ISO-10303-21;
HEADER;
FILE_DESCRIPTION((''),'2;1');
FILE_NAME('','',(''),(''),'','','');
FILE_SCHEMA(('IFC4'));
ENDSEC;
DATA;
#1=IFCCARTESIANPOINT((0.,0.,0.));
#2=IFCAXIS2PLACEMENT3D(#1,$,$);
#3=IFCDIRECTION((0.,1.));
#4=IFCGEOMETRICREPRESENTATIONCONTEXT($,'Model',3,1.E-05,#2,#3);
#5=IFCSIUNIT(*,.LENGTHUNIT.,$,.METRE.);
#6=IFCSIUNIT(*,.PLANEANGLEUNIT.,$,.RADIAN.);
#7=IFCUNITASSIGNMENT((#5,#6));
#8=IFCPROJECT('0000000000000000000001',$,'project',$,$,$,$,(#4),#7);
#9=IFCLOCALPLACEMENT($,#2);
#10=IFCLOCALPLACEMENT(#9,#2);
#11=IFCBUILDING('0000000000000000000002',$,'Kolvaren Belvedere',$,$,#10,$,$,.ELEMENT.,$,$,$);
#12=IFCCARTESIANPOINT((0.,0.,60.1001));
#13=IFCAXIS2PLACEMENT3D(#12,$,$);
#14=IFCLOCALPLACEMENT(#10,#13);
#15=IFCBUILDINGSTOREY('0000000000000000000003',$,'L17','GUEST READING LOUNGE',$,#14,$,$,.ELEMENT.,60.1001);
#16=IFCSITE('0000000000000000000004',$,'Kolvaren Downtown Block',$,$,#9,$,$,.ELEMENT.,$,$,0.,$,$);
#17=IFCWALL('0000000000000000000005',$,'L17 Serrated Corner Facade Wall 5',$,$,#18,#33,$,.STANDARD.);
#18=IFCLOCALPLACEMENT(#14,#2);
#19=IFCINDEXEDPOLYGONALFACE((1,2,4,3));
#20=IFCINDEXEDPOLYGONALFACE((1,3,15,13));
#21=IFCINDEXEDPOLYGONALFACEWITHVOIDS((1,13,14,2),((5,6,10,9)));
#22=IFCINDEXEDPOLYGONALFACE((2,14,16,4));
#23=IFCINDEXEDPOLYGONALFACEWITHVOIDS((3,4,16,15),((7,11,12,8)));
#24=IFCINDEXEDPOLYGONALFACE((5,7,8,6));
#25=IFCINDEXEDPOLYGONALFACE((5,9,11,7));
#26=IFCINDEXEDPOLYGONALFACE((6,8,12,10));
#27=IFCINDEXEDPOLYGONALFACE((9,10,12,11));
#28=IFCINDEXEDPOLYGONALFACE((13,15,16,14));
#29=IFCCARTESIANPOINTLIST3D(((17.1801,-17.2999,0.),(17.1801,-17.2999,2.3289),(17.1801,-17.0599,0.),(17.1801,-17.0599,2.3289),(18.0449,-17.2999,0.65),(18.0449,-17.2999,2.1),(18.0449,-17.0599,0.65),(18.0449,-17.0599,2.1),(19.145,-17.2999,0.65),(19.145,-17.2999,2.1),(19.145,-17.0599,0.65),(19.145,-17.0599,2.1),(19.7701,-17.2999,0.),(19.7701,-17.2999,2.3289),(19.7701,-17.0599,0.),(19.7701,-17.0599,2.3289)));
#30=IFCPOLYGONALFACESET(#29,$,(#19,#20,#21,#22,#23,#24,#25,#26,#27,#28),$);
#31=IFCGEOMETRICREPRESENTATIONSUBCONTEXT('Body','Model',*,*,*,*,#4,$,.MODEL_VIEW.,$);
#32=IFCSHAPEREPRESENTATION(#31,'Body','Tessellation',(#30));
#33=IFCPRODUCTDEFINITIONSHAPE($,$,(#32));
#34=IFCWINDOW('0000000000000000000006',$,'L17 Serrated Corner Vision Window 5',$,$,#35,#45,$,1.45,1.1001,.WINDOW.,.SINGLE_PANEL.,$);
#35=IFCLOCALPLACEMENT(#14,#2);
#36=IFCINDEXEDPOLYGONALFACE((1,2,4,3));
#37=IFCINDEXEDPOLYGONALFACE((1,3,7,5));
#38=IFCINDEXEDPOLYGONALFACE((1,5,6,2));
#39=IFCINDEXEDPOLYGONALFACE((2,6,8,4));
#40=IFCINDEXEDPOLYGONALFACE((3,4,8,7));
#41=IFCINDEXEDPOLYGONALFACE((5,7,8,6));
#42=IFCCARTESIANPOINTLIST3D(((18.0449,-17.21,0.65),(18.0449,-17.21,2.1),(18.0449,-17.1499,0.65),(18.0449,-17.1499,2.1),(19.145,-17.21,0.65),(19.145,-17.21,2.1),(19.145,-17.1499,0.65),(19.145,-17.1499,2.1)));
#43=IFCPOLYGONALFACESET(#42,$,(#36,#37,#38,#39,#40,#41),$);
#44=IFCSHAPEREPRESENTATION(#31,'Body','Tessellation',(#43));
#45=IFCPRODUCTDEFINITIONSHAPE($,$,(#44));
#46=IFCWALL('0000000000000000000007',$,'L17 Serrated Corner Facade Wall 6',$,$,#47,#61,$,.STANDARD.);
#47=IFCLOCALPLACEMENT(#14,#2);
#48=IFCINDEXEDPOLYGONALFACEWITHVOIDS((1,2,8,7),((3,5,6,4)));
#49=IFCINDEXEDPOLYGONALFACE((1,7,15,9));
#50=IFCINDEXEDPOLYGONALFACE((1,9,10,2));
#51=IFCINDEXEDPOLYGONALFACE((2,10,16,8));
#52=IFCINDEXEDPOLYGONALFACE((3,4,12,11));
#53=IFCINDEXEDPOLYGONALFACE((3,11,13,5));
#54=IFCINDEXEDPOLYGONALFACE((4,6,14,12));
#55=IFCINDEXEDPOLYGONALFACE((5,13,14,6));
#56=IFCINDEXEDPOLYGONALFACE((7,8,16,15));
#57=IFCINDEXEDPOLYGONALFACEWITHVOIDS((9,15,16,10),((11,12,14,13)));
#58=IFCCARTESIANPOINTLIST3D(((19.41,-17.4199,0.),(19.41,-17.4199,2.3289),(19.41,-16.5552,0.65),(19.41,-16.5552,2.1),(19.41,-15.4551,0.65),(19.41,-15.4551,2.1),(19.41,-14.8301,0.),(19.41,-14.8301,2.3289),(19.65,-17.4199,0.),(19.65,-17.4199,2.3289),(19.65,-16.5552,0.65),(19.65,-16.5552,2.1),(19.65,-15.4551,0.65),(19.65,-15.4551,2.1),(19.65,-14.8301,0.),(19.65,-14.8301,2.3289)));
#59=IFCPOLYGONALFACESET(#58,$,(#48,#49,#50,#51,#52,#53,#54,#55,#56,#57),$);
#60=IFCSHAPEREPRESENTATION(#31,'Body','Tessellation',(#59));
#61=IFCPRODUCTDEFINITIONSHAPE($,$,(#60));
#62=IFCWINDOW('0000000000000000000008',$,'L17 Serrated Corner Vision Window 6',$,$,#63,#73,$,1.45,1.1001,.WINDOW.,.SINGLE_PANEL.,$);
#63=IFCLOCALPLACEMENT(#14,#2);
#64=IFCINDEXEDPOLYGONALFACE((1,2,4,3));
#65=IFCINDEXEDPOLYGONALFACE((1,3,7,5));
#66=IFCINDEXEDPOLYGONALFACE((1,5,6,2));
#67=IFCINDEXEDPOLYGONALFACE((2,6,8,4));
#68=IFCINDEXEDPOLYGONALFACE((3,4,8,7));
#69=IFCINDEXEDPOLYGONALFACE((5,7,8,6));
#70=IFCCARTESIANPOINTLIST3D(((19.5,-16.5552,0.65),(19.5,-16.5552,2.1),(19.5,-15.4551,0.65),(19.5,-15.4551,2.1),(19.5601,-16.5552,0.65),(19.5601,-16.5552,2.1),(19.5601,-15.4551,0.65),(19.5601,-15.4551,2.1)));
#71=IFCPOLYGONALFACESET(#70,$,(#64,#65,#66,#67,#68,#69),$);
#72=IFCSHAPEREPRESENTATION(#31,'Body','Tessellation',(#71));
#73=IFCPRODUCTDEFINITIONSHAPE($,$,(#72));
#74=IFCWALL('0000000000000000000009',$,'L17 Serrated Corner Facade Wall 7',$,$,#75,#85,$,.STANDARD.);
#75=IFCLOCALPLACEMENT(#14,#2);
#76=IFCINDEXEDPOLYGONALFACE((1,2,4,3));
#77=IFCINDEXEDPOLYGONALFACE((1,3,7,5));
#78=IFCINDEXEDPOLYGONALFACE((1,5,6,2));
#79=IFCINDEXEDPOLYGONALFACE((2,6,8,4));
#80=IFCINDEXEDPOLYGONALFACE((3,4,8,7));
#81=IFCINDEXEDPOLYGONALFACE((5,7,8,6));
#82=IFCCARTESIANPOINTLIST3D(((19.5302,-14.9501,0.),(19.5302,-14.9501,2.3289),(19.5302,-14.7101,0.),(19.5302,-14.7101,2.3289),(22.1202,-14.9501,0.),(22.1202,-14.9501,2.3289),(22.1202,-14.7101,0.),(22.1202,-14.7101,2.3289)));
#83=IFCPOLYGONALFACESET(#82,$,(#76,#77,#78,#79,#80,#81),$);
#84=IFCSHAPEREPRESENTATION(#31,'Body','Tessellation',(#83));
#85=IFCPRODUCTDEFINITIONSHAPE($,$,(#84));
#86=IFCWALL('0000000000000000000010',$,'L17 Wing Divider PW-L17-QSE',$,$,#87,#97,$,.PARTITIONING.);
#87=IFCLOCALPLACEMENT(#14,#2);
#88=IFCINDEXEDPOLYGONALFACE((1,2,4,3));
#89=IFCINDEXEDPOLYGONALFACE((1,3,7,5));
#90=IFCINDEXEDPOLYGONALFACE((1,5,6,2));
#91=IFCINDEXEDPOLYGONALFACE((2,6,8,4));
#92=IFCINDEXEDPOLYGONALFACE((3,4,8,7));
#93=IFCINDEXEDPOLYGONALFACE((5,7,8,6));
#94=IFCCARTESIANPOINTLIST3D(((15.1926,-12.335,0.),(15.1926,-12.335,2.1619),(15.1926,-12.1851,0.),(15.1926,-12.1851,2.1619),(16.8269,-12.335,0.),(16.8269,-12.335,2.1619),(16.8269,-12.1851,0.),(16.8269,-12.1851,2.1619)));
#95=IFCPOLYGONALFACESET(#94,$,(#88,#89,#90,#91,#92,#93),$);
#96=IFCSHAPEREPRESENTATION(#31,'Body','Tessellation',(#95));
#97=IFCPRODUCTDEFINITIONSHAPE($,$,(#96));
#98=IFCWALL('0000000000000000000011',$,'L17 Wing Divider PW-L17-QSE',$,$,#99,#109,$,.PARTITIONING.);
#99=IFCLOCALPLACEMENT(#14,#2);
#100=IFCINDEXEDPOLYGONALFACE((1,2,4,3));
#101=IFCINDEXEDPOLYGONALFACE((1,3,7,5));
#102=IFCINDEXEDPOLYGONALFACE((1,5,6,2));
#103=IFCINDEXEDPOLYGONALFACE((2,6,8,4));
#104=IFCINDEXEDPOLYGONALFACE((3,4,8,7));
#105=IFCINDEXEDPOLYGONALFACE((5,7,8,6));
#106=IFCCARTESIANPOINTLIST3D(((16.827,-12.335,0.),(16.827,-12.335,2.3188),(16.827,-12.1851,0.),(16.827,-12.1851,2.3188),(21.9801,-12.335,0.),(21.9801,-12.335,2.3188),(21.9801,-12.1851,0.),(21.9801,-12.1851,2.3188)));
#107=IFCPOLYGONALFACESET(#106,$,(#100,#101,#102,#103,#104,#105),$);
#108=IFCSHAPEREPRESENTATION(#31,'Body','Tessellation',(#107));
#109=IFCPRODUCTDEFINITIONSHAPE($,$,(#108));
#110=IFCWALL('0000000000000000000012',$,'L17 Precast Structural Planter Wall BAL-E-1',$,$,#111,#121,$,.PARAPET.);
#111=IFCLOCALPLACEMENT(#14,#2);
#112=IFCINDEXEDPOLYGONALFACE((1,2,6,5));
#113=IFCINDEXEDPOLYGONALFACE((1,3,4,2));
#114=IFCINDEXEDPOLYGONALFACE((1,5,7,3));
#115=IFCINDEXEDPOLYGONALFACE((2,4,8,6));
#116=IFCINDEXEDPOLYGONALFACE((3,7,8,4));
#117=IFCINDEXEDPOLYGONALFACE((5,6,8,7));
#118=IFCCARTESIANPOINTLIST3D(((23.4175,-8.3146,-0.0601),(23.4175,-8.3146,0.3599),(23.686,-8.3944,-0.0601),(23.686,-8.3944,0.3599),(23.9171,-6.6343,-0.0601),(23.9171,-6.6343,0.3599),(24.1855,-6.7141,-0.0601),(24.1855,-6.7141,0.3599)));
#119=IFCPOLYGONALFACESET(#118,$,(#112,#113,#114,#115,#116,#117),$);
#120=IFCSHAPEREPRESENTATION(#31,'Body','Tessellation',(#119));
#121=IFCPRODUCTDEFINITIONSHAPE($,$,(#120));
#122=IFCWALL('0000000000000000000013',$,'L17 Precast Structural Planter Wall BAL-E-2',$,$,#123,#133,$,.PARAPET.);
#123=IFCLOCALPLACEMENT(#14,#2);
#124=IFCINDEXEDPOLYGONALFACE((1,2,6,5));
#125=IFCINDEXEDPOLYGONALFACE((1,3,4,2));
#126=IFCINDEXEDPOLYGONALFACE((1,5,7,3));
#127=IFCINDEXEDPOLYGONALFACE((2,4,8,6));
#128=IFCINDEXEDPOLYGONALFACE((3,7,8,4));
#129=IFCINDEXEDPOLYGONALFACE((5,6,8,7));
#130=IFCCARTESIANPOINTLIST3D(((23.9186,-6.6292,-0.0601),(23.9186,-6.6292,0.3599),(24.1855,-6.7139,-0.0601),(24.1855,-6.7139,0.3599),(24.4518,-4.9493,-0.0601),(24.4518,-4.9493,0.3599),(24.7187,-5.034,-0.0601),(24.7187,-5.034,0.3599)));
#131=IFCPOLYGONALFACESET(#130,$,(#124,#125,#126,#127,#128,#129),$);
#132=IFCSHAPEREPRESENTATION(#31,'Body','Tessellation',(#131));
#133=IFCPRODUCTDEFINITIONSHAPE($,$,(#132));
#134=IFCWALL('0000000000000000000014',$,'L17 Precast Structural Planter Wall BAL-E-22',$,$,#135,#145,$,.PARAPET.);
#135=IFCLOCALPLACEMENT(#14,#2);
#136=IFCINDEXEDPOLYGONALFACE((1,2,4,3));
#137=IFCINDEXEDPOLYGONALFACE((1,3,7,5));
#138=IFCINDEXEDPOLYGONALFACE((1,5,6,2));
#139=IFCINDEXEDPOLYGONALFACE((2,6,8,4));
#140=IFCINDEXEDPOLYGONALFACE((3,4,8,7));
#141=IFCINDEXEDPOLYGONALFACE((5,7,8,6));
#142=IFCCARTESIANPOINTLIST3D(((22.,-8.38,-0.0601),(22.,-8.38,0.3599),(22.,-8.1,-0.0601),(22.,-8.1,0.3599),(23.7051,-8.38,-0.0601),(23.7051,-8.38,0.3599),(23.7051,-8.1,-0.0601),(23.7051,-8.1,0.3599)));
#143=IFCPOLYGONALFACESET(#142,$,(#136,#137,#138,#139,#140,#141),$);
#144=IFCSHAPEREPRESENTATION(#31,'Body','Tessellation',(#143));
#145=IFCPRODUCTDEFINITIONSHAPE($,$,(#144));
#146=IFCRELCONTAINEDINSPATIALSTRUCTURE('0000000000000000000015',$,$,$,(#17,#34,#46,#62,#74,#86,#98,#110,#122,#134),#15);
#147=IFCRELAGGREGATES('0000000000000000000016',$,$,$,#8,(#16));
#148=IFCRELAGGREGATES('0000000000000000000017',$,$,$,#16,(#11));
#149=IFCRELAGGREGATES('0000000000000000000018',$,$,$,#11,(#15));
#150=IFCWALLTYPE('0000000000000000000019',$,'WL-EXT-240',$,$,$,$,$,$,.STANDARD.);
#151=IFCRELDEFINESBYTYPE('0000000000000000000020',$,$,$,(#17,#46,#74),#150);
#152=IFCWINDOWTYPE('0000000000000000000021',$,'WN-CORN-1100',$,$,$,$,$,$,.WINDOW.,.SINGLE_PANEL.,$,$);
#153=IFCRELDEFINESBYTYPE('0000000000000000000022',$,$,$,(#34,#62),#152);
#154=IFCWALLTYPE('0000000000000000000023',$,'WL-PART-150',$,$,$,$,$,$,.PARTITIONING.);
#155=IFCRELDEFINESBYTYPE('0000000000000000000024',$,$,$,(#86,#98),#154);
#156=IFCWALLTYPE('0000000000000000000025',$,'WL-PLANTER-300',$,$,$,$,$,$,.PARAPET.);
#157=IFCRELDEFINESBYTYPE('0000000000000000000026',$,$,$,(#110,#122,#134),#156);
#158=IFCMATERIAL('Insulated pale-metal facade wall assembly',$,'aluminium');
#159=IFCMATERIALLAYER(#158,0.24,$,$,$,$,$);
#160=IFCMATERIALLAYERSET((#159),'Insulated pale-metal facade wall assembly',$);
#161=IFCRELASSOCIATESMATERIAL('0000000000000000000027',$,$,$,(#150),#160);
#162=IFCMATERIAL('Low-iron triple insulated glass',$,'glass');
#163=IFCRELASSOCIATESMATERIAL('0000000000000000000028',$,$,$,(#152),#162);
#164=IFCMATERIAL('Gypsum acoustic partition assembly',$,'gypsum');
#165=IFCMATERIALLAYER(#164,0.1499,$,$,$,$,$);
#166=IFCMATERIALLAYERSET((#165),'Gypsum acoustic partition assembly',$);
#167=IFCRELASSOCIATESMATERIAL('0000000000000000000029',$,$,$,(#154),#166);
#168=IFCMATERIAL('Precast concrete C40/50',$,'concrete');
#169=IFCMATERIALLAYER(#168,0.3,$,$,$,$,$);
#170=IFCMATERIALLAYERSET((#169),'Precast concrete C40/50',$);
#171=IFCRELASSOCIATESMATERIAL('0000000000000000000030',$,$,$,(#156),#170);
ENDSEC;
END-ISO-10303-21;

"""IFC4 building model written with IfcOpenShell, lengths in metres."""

from ifc_helpers import new_model, si_unit, direction, frame, frame_2d, origin, place, context, subcontext, project, spatial, rectangle, extrude, material, layer, layer_set, type_object, element, fill, save


model = new_model("IFC4")

# Units and contexts
model_context = context("Model", 3, precision=1e-05, world=origin(), true_north=direction((0.0, 1.0)))
body_context = subcontext(model_context, "Body", "Model", "MODEL_VIEW")
ifc_project = project(units=[si_unit("LENGTHUNIT", "METRE"), si_unit("PLANEANGLEUNIT", "RADIAN")], contexts=[model_context])

# Site, building, storey
site_placement = place(None, origin())
site = spatial("IfcSite", under=ifc_project, at=site_placement, Name="Kolvaren Downtown Block", CompositionType="ELEMENT", RefElevation=0.0)
building_placement = place(site_placement, origin())
building = spatial("IfcBuilding", under=site, at=building_placement, Name="Kolvaren Belvedere", CompositionType="ELEMENT")
storey_placement = place(building_placement, frame((0.0, 0.0, 60.1001)))
storey = spatial("IfcBuildingStorey", under=building, at=storey_placement, Name="L17", Description="GUEST READING LOUNGE", CompositionType="ELEMENT", Elevation=60.1001)

# Shared definitions
ifc_material_1 = material(Name="Insulated pale-metal facade wall assembly", Category="aluminium")
ifc_layer_1 = layer(ifc_material_1, 0.24)
ifc_layer_set_1 = layer_set([ifc_layer_1], Name="Insulated pale-metal facade wall assembly")
wall_type_1 = type_object("IfcWallType", Name="WL-EXT-240", PredefinedType="STANDARD", material=ifc_layer_set_1)

# Walls, openings, windows
ifc_material_2 = material(Name="Low-iron triple insulated glass", Category="glass")
window_type = type_object("IfcWindowType", Name="WN-CORN-1100", PartitioningType="SINGLE_PANEL", PredefinedType="WINDOW", material=ifc_material_2)
wall_1_placement = place(storey_placement, frame((19.77, -17.1799, 0.0), z_axis=(0.0, 0.0, 1.0), x_axis=(-1.0, 0.0, 0.0)))
wall_1 = element("IfcWall", 1, at=wall_1_placement, inside=storey, type_object=wall_type_1, Name="L17 Serrated Corner Facade Wall 5", PredefinedType="STANDARD", context=body_context, shape_type="SweptSolid", body=[
    extrude(rectangle(XDim=2.5901, YDim=0.24, at=frame_2d((1.2949, 0.0))), origin(), (0.0, 0.0, 1.0), 2.3289),
])
opening_1_placement = place(wall_1_placement, frame((0.625, 0.0, 0.6499)))
opening_1 = element("IfcOpeningElement", 2, at=opening_1_placement, cuts=wall_1, PredefinedType="OPENING", context=body_context, shape_type="SweptSolid", body=[
    extrude(rectangle(XDim=1.1001, YDim=1.45, at=frame_2d((0.55, 0.7251))), frame((0.0, 0.1299, 0.0), z_axis=(0.0, -1.0, 0.0), x_axis=(1.0, 0.0, 0.0)), (0.0, 0.0, 1.0), 0.26),
])
window_1_placement = place(opening_1_placement, origin())
window_1 = element("IfcWindow", 3, at=window_1_placement, inside=storey, type_object=window_type, Name="L17 Serrated Corner Vision Window 5", OverallHeight=1.45, OverallWidth=1.1001, PartitioningType="SINGLE_PANEL", PredefinedType="WINDOW", context=body_context, shape_type="SweptSolid", body=[
    extrude(rectangle(XDim=1.1001, YDim=1.45, at=frame_2d((0.55, 0.7251))), frame((0.0, 0.03, 0.0), z_axis=(0.0, -1.0, 0.0), x_axis=(1.0, 0.0, 0.0)), (0.0, 0.0, 1.0), 0.0601),
])
fill(opening_1, window_1)
wall_2_placement = place(storey_placement, frame((19.53, -14.8301, 0.0), z_axis=(0.0, 0.0, 1.0), x_axis=(0.0, -1.0, 0.0)))
wall_2 = element("IfcWall", 4, at=wall_2_placement, inside=storey, type_object=wall_type_1, Name="L17 Serrated Corner Facade Wall 6", PredefinedType="STANDARD", context=body_context, shape_type="SweptSolid", body=[
    extrude(rectangle(XDim=2.5898, YDim=0.24, at=frame_2d((1.2949, 0.0))), origin(), (0.0, 0.0, 1.0), 2.3289),
])
opening_2_placement = place(wall_2_placement, frame((0.625, 0.0, 0.6499)))
opening_2 = element("IfcOpeningElement", 5, at=opening_2_placement, cuts=wall_2, PredefinedType="OPENING", context=body_context, shape_type="SweptSolid", body=[
    extrude(rectangle(XDim=1.1001, YDim=1.45, at=frame_2d((0.55, 0.7251))), frame((0.0, 0.1299, 0.0), z_axis=(0.0, -1.0, 0.0), x_axis=(1.0, 0.0, 0.0)), (0.0, 0.0, 1.0), 0.26),
])
window_2_placement = place(opening_2_placement, origin())
window_2 = element("IfcWindow", 6, at=window_2_placement, inside=storey, type_object=window_type, Name="L17 Serrated Corner Vision Window 6", OverallHeight=1.45, OverallWidth=1.1001, PartitioningType="SINGLE_PANEL", PredefinedType="WINDOW", context=body_context, shape_type="SweptSolid", body=[
    extrude(rectangle(XDim=1.1001, YDim=1.45, at=frame_2d((0.55, 0.7251))), frame((0.0, 0.03, 0.0), z_axis=(0.0, -1.0, 0.0), x_axis=(1.0, 0.0, 0.0)), (0.0, 0.0, 1.0), 0.0601),
])
fill(opening_2, window_2)

# Walls
wall_3_placement = place(storey_placement, frame((22.1201, -14.8301, 0.0), z_axis=(0.0, 0.0, 1.0), x_axis=(-1.0, 0.0, 0.0)))
element("IfcWall", 7, at=wall_3_placement, inside=storey, type_object=wall_type_1, Name="L17 Serrated Corner Facade Wall 7", PredefinedType="STANDARD", context=body_context, shape_type="SweptSolid", body=[
    extrude(rectangle(XDim=2.5901, YDim=0.24, at=frame_2d((1.2949, 0.0))), origin(), (0.0, 0.0, 1.0), 2.3289),
])
ifc_material_3 = material(Name="Gypsum acoustic partition assembly", Category="gypsum")
ifc_layer_2 = layer(ifc_material_3, 0.1499)
ifc_layer_set_2 = layer_set([ifc_layer_2], Name="Gypsum acoustic partition assembly")
wall_type_2 = type_object("IfcWallType", Name="WL-PART-150", PredefinedType="PARTITIONING", material=ifc_layer_set_2)
wall_4_placement = place(storey_placement, frame((15.1926, -12.26, 0.0), z_axis=(0.0, 0.0, 1.0), x_axis=(1.0, 0.0, 0.0)))
element("IfcWall", 8, at=wall_4_placement, inside=storey, type_object=wall_type_2, Name="L17 Wing Divider PW-L17-QSE", PredefinedType="PARTITIONING", context=body_context, shape_type="SweptSolid", body=[
    extrude(rectangle(XDim=1.6343, YDim=0.1499, at=frame_2d((0.8171, 0.0))), origin(), (0.0, 0.0, 1.0), 2.1619),
])
wall_5_placement = place(storey_placement, frame((16.8269, -12.26, 0.0), z_axis=(0.0, 0.0, 1.0), x_axis=(1.0, 0.0, 0.0)))
element("IfcWall", 9, at=wall_5_placement, inside=storey, type_object=wall_type_2, Name="L17 Wing Divider PW-L17-QSE", PredefinedType="PARTITIONING", context=body_context, shape_type="SweptSolid", body=[
    extrude(rectangle(XDim=5.1531, YDim=0.1499, at=frame_2d((2.5767, 0.0))), origin(), (0.0, 0.0, 1.0), 2.3188),
])
ifc_material_4 = material(Name="Precast concrete C40/50", Category="concrete")
ifc_layer_3 = layer(ifc_material_4, 0.3)
ifc_layer_set_3 = layer_set([ifc_layer_3], Name="Precast concrete C40/50")
wall_type_3 = type_object("IfcWallType", Name="WL-PLANTER-300", PredefinedType="PARAPET", material=ifc_layer_set_3)
wall_6_placement = place(storey_placement, frame((23.5518, -8.3545, -0.0601), z_axis=(0.0, 0.0, 1.0), x_axis=(0.28497, 0.958536, 0.0)))
element("IfcWall", 10, at=wall_6_placement, inside=storey, type_object=wall_type_3, Name="L17 Precast Structural Planter Wall BAL-E-1", PredefinedType="PARAPET", context=body_context, shape_type="SweptSolid", body=[
    extrude(rectangle(XDim=1.7529, YDim=0.28, at=frame_2d((0.8765, 0.0))), origin(), (0.0, 0.0, 1.0), 0.4199),
])
wall_7_placement = place(storey_placement, frame((24.052, -6.6716, -0.0601), z_axis=(0.0, 0.0, 1.0), x_axis=(0.302523, 0.953142, 0.0)))
element("IfcWall", 11, at=wall_7_placement, inside=storey, type_object=wall_type_3, Name="L17 Precast Structural Planter Wall BAL-E-2", PredefinedType="PARAPET", context=body_context, shape_type="SweptSolid", body=[
    extrude(rectangle(XDim=1.7625, YDim=0.28, at=frame_2d((0.8813, 0.0))), origin(), (0.0, 0.0, 1.0), 0.4199),
])
wall_8_placement = place(storey_placement, frame((22.0, -8.24, -0.0601), z_axis=(0.0, 0.0, 1.0), x_axis=(1.0, 0.0, 0.0)))
element("IfcWall", 12, at=wall_8_placement, inside=storey, type_object=wall_type_3, Name="L17 Precast Structural Planter Wall BAL-E-22", PredefinedType="PARAPET", context=body_context, shape_type="SweptSolid", body=[
    extrude(rectangle(XDim=1.7051, YDim=0.28, at=frame_2d((0.8525, 0.0))), origin(), (0.0, 0.0, 1.0), 0.4199),
])

save(model, "model.ifc")
